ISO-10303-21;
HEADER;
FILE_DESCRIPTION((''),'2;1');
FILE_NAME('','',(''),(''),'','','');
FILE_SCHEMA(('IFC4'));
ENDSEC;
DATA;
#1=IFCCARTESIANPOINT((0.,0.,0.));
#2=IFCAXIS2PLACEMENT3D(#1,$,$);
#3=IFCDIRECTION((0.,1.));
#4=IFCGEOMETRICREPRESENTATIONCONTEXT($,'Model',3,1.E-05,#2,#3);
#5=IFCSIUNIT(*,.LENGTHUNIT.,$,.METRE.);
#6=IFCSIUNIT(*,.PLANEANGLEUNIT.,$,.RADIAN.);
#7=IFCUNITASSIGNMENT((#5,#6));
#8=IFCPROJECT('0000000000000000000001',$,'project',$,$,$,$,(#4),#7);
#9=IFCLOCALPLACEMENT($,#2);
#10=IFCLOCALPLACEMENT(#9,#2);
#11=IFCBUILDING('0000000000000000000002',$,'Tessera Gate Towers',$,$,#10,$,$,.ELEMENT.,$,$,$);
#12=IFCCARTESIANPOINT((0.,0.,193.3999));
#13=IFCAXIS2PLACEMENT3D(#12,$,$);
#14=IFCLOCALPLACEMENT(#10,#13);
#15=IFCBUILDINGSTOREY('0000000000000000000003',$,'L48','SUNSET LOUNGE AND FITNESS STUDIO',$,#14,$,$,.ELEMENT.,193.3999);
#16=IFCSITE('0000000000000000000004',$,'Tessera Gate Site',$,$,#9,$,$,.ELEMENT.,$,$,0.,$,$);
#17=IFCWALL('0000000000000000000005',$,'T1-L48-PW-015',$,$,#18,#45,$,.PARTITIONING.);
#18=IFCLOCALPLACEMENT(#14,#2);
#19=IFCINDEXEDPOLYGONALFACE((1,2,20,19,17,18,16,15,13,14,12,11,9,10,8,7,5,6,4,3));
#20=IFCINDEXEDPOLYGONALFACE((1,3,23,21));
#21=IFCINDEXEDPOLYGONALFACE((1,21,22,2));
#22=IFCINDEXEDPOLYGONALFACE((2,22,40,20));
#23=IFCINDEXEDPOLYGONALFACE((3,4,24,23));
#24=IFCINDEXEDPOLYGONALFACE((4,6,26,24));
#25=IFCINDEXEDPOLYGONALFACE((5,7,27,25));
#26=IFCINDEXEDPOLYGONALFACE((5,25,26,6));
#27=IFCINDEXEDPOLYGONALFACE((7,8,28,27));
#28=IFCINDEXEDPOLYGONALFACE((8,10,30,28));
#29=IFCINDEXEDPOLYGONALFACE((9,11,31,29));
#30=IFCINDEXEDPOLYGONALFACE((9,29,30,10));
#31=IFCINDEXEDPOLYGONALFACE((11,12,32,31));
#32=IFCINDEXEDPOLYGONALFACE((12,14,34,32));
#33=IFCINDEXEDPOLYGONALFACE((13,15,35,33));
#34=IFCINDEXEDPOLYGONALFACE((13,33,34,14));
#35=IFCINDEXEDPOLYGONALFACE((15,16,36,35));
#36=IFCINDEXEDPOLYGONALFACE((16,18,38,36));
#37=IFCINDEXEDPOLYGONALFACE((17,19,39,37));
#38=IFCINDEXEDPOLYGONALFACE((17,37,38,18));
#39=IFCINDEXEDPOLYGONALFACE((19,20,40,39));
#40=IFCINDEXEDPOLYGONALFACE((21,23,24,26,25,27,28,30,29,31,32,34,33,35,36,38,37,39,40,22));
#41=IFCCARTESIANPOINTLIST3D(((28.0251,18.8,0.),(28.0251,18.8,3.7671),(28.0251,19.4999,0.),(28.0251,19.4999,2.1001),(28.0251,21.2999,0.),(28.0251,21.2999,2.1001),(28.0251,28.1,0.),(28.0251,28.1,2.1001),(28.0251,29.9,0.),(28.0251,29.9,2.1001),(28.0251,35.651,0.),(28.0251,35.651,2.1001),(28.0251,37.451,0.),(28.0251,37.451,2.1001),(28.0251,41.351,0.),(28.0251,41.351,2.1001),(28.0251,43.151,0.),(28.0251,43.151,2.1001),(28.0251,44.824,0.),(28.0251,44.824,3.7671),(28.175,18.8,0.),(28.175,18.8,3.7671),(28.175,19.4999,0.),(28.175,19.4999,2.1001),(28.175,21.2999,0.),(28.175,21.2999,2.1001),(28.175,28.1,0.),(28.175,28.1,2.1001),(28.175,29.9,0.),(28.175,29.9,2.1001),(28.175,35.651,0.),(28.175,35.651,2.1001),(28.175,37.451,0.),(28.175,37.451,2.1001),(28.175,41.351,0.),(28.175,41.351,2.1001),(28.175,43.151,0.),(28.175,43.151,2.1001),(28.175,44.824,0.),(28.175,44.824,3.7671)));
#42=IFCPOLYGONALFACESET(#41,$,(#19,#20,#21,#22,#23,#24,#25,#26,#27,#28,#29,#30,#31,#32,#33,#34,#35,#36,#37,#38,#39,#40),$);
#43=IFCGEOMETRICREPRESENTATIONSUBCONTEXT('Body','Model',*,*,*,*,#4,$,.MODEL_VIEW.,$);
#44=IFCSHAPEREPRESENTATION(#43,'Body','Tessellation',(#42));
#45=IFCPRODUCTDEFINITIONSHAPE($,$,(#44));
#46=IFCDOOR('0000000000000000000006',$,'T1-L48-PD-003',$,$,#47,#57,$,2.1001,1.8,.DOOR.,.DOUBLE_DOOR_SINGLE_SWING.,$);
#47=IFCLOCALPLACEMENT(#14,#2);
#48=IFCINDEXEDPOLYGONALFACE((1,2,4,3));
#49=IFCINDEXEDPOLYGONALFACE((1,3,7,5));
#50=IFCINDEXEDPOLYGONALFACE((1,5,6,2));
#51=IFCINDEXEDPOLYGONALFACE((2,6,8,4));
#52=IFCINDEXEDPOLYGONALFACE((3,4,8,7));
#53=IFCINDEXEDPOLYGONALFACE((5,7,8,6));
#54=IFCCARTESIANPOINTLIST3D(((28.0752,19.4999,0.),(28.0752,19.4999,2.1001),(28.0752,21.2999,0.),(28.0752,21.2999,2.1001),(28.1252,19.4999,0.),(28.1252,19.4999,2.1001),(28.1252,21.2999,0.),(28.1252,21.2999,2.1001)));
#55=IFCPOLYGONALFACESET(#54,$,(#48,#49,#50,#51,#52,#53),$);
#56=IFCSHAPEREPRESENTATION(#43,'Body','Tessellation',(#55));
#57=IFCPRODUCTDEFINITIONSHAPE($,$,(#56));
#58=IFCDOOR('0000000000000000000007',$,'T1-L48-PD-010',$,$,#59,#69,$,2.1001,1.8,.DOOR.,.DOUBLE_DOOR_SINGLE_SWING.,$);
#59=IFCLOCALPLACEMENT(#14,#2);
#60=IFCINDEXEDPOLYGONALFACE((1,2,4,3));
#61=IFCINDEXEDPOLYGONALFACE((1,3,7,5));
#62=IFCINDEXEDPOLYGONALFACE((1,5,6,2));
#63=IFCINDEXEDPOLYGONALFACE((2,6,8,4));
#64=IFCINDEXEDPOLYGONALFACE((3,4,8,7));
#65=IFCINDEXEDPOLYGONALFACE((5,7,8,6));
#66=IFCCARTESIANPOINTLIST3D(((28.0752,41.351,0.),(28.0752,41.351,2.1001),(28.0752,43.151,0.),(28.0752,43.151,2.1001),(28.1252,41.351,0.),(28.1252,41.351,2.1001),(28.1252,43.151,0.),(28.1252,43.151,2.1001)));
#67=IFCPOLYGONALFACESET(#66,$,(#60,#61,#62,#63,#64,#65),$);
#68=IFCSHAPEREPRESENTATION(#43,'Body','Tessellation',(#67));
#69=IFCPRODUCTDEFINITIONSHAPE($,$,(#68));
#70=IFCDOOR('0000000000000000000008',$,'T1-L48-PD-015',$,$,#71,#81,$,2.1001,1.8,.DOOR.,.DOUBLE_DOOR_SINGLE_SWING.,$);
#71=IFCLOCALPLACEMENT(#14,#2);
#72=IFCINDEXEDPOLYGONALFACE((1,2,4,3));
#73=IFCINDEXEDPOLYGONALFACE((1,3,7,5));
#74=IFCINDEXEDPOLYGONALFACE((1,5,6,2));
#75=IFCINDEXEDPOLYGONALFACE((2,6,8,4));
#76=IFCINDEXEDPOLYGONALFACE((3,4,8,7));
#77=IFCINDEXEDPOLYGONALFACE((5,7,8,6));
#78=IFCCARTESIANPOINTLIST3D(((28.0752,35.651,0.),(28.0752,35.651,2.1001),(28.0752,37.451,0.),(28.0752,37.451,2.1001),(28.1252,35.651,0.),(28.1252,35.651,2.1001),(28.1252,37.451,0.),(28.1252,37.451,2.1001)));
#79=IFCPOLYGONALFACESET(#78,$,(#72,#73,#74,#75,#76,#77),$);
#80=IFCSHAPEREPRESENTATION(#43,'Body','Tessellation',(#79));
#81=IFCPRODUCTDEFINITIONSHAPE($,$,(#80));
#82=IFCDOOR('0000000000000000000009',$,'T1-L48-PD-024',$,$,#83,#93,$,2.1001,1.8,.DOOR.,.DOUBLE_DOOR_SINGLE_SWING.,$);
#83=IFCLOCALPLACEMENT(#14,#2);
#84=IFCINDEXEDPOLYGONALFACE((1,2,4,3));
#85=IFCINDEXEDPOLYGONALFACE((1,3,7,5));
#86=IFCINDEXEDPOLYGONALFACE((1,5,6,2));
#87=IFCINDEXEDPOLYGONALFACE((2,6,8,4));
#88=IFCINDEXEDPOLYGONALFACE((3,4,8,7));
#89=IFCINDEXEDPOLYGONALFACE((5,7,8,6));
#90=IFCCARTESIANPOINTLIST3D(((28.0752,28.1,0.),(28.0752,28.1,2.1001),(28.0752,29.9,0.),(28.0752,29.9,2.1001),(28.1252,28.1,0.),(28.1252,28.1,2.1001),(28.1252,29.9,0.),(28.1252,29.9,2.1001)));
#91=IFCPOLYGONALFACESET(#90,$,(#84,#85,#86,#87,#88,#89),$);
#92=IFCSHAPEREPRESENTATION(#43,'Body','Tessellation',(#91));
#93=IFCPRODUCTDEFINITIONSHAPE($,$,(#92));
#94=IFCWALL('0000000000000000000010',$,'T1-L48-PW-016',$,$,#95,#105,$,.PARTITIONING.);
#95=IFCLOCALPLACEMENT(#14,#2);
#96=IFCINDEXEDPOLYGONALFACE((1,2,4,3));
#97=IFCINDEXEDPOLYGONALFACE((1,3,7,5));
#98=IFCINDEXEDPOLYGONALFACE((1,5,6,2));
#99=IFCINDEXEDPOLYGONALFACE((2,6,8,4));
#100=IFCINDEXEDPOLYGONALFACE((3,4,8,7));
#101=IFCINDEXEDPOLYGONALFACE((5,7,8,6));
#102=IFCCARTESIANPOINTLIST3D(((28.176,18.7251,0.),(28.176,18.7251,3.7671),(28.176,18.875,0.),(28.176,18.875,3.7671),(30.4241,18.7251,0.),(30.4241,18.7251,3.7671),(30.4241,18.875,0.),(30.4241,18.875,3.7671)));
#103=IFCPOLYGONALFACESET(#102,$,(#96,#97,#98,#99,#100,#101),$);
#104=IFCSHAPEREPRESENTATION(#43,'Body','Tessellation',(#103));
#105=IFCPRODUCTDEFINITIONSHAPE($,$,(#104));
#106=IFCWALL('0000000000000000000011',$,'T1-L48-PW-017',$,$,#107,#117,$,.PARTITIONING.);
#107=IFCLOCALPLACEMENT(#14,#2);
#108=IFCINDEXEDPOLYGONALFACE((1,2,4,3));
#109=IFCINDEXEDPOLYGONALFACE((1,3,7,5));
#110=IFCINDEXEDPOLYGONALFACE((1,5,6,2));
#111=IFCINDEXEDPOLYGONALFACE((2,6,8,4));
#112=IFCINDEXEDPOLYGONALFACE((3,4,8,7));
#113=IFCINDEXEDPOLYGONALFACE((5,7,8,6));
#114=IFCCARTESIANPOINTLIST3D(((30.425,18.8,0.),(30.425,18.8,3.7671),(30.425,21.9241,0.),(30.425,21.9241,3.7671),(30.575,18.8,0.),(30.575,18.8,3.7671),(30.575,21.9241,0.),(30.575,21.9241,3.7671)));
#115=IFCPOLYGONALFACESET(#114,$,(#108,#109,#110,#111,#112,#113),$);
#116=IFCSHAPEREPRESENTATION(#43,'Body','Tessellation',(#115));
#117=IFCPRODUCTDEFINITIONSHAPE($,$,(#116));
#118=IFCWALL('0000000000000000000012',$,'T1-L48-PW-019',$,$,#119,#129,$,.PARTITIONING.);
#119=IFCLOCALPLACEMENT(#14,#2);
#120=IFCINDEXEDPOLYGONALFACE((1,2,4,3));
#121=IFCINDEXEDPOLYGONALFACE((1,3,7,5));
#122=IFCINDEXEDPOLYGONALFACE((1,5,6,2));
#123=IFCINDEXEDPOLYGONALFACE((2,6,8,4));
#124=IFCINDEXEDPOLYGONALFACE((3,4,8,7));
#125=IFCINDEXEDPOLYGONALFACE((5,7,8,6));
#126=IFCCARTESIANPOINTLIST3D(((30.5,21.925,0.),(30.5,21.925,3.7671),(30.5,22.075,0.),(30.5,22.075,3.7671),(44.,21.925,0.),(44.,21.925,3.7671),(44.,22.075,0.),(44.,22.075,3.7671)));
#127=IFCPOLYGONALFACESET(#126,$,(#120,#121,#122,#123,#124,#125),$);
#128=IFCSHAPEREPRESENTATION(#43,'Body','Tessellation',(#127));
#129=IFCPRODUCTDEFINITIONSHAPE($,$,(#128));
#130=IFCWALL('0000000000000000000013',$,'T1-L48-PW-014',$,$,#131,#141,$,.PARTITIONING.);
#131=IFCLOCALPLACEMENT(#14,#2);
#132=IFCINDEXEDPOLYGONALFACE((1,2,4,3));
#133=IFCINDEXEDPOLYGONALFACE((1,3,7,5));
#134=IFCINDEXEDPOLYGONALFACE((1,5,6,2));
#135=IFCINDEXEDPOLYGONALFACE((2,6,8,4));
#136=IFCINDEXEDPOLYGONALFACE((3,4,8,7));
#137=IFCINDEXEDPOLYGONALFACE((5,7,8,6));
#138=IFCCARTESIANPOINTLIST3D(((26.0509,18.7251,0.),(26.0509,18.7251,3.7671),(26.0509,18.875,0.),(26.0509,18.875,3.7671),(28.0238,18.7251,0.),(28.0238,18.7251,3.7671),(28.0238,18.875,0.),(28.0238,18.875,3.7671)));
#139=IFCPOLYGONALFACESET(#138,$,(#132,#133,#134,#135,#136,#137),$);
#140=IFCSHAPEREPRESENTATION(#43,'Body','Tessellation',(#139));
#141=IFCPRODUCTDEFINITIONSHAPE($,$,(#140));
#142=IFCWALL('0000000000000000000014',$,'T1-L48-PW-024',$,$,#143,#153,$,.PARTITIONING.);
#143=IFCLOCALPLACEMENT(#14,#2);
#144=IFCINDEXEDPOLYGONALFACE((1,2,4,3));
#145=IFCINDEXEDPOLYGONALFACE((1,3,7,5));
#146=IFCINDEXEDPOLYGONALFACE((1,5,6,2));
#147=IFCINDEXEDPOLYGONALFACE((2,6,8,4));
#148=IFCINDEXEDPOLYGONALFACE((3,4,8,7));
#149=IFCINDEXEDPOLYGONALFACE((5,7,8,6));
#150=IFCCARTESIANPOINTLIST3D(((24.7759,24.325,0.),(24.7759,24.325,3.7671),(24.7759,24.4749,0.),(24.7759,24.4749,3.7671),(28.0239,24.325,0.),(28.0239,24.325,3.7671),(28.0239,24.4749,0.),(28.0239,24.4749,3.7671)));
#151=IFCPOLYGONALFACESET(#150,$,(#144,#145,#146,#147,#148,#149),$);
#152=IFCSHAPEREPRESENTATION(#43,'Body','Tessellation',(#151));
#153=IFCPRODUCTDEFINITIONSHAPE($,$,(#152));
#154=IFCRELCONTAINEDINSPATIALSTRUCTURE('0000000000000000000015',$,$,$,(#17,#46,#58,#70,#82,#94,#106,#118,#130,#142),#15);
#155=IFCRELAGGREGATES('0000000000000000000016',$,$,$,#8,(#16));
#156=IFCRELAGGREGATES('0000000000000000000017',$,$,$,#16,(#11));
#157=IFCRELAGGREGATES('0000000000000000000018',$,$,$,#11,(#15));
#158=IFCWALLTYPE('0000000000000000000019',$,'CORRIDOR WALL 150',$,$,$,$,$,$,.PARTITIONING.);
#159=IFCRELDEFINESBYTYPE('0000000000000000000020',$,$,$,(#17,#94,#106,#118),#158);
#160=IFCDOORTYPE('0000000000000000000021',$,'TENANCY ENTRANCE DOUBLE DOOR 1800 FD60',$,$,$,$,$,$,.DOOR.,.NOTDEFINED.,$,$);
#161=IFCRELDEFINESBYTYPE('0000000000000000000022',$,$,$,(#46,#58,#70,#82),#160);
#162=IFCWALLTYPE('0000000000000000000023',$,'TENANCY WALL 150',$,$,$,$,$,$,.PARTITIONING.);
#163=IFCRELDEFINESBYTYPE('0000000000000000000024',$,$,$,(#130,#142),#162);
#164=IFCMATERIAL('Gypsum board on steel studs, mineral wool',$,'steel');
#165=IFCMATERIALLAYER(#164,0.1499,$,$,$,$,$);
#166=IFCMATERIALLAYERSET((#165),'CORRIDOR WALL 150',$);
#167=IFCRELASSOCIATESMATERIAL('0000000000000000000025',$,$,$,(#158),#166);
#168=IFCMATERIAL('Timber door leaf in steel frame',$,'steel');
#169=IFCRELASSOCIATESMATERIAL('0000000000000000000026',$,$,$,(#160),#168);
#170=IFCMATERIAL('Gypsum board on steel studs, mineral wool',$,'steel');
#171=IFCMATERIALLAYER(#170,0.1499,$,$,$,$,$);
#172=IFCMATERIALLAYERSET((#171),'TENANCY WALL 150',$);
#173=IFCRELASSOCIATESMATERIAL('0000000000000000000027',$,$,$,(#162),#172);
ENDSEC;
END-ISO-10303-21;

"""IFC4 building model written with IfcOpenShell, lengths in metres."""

from ifc_helpers import new_model, si_unit, direction, frame, frame_2d, origin, place, context, subcontext, project, spatial, rectangle, extrude, source, transform, mapped, material, layer, layer_set, type_object, element, fill, save


model = new_model("IFC4")

# Units and contexts
model_context = context("Model", 3, precision=1e-05, world=origin(), true_north=direction((0.0, 1.0)))
body_context = subcontext(model_context, "Body", "Model", "MODEL_VIEW")
ifc_project = project(units=[si_unit("LENGTHUNIT", "METRE"), si_unit("PLANEANGLEUNIT", "RADIAN")], contexts=[model_context])

# Site, building, storey
site_placement = place(None, origin())
site = spatial("IfcSite", under=ifc_project, at=site_placement, Name="Tessera Gate Site", CompositionType="ELEMENT", RefElevation=0.0)
building_placement = place(site_placement, origin())
building = spatial("IfcBuilding", under=site, at=building_placement, Name="Tessera Gate Towers", CompositionType="ELEMENT")
storey_placement = place(building_placement, frame((0.0, 0.0, 193.3999)))
storey = spatial("IfcBuildingStorey", under=building, at=storey_placement, Name="L48", Description="SUNSET LOUNGE AND FITNESS STUDIO", CompositionType="ELEMENT", Elevation=193.3999)

# Wall, openings, doors
ifc_material_1 = material(Name="Gypsum board on steel studs, mineral wool", Category="steel")
ifc_layer_1 = layer(ifc_material_1, 0.1499)
ifc_layer_set_1 = layer_set([ifc_layer_1], Name="CORRIDOR WALL 150")
wall_type_1 = type_object("IfcWallType", Name="CORRIDOR WALL 150", PredefinedType="PARTITIONING", material=ifc_layer_set_1)
wall_1_placement = place(storey_placement, frame((28.1001, 18.8, 0.0), z_axis=(0.0, 0.0, 1.0), x_axis=(0.0, 1.0, 0.0)))
wall_1 = element("IfcWall", 1, at=wall_1_placement, inside=storey, type_object=wall_type_1, Name="T1-L48-PW-015", PredefinedType="PARTITIONING", context=body_context, shape_type="SweptSolid", body=[
    extrude(rectangle(XDim=26.0239, YDim=0.1499, at=frame_2d((13.012, 0.0))), origin(), (0.0, 0.0, 1.0), 3.7671),
])
shared_shape_1 = source(origin(), body_context, "Body", "SweptSolid", [
    extrude(rectangle(XDim=1.8, YDim=2.1001, at=frame_2d((0.8999, 1.05))), frame((0.0, 0.085, 0.0), z_axis=(0.0, -1.0, 0.0), x_axis=(1.0, 0.0, 0.0)), (0.0, 0.0, 1.0), 0.1699),
])
opening_1_placement = place(wall_1_placement, frame((0.7, 0.0, 0.0)))
opening_1 = element("IfcOpeningElement", 2, at=opening_1_placement, cuts=wall_1, PredefinedType="OPENING", context=body_context, shape_type="MappedRepresentation", body=[
    mapped(shared_shape_1, transform((0.0, 0.0, 0.0), scale=1.0)),
])
opening_2_placement = place(wall_1_placement, frame((22.551, 0.0, 0.0)))
opening_2 = element("IfcOpeningElement", 3, at=opening_2_placement, cuts=wall_1, PredefinedType="OPENING", context=body_context, shape_type="MappedRepresentation", body=[
    mapped(shared_shape_1, transform((0.0, 0.0, 0.0), scale=1.0)),
])
opening_3_placement = place(wall_1_placement, frame((16.8511, 0.0, 0.0)))
opening_3 = element("IfcOpeningElement", 4, at=opening_3_placement, cuts=wall_1, PredefinedType="OPENING", context=body_context, shape_type="MappedRepresentation", body=[
    mapped(shared_shape_1, transform((0.0, 0.0, 0.0), scale=1.0)),
])
opening_4_placement = place(wall_1_placement, frame((9.3, 0.0, 0.0)))
opening_4 = element("IfcOpeningElement", 5, at=opening_4_placement, cuts=wall_1, PredefinedType="OPENING", context=body_context, shape_type="MappedRepresentation", body=[
    mapped(shared_shape_1, transform((0.0, 0.0, 0.0), scale=1.0)),
])
ifc_material_2 = material(Name="Timber door leaf in steel frame", Category="steel")
door_type_1 = type_object("IfcDoorType", Name="TENANCY ENTRANCE DOUBLE DOOR 1800 FD60", OperationType="NOTDEFINED", PredefinedType="DOOR", material=ifc_material_2)
shared_shape_2 = source(origin(), body_context, "Body", "SweptSolid", [
    extrude(rectangle(XDim=1.8, YDim=2.1001, at=frame_2d((0.8999, 1.05))), frame((0.0, 0.0249, 0.0), z_axis=(0.0, -1.0, 0.0), x_axis=(1.0, 0.0, 0.0)), (0.0, 0.0, 1.0), 0.05),
])
door_1_placement = place(opening_1_placement, origin())
door_1 = element("IfcDoor", 6, at=door_1_placement, inside=storey, type_object=door_type_1, Name="T1-L48-PD-003", OperationType="DOUBLE_DOOR_SINGLE_SWING", OverallHeight=2.1001, OverallWidth=1.8, PredefinedType="DOOR", context=body_context, shape_type="MappedRepresentation", body=[
    mapped(shared_shape_2, transform((0.0, 0.0, 0.0), scale=1.0)),
])
fill(opening_1, door_1)
door_2_placement = place(opening_2_placement, origin())
door_2 = element("IfcDoor", 7, at=door_2_placement, inside=storey, type_object=door_type_1, Name="T1-L48-PD-010", OperationType="DOUBLE_DOOR_SINGLE_SWING", OverallHeight=2.1001, OverallWidth=1.8, PredefinedType="DOOR", context=body_context, shape_type="MappedRepresentation", body=[
    mapped(shared_shape_2, transform((0.0, 0.0, 0.0), scale=1.0)),
])
fill(opening_2, door_2)
door_3_placement = place(opening_3_placement, origin())
door_3 = element("IfcDoor", 8, at=door_3_placement, inside=storey, type_object=door_type_1, Name="T1-L48-PD-015", OperationType="DOUBLE_DOOR_SINGLE_SWING", OverallHeight=2.1001, OverallWidth=1.8, PredefinedType="DOOR", context=body_context, shape_type="MappedRepresentation", body=[
    mapped(shared_shape_2, transform((0.0, 0.0, 0.0), scale=1.0)),
])
fill(opening_3, door_3)
door_4_placement = place(opening_4_placement, origin())
door_4 = element("IfcDoor", 9, at=door_4_placement, inside=storey, type_object=door_type_1, Name="T1-L48-PD-024", OperationType="DOUBLE_DOOR_SINGLE_SWING", OverallHeight=2.1001, OverallWidth=1.8, PredefinedType="DOOR", context=body_context, shape_type="MappedRepresentation", body=[
    mapped(shared_shape_2, transform((0.0, 0.0, 0.0), scale=1.0)),
])
fill(opening_4, door_4)

# Walls
wall_2_placement = place(storey_placement, frame((28.176, 18.8, 0.0), z_axis=(0.0, 0.0, 1.0), x_axis=(1.0, 0.0, 0.0)))
element("IfcWall", 10, at=wall_2_placement, inside=storey, type_object=wall_type_1, Name="T1-L48-PW-016", PredefinedType="PARTITIONING", context=body_context, shape_type="SweptSolid", body=[
    extrude(rectangle(XDim=2.248, YDim=0.1499, at=frame_2d((1.124, 0.0))), origin(), (0.0, 0.0, 1.0), 3.7671),
])
wall_3_placement = place(storey_placement, frame((30.5, 18.8, 0.0), z_axis=(0.0, 0.0, 1.0), x_axis=(0.0, 1.0, 0.0)))
element("IfcWall", 11, at=wall_3_placement, inside=storey, type_object=wall_type_1, Name="T1-L48-PW-017", PredefinedType="PARTITIONING", context=body_context, shape_type="SweptSolid", body=[
    extrude(rectangle(XDim=3.124, YDim=0.1499, at=frame_2d((1.562, 0.0))), origin(), (0.0, 0.0, 1.0), 3.7671),
])
wall_4_placement = place(storey_placement, frame((30.5, 22.0, 0.0), z_axis=(0.0, 0.0, 1.0), x_axis=(1.0, 0.0, 0.0)))
element("IfcWall", 12, at=wall_4_placement, inside=storey, type_object=wall_type_1, Name="T1-L48-PW-019", PredefinedType="PARTITIONING", context=body_context, shape_type="SweptSolid", body=[
    extrude(rectangle(XDim=13.5, YDim=0.1499, at=frame_2d((6.75, 0.0))), origin(), (0.0, 0.0, 1.0), 3.7671),
])
ifc_material_3 = material(Name="Gypsum board on steel studs, mineral wool", Category="steel")
ifc_layer_2 = layer(ifc_material_3, 0.1499)
ifc_layer_set_2 = layer_set([ifc_layer_2], Name="TENANCY WALL 150")
wall_type_2 = type_object("IfcWallType", Name="TENANCY WALL 150", PredefinedType="PARTITIONING", material=ifc_layer_set_2)
wall_5_placement = place(storey_placement, frame((26.051, 18.8, 0.0), z_axis=(0.0, 0.0, 1.0), x_axis=(1.0, 0.0, 0.0)))
element("IfcWall", 13, at=wall_5_placement, inside=storey, type_object=wall_type_2, Name="T1-L48-PW-014", PredefinedType="PARTITIONING", context=body_context, shape_type="SweptSolid", body=[
    extrude(rectangle(XDim=1.9729, YDim=0.1499, at=frame_2d((0.9863, 0.0))), origin(), (0.0, 0.0, 1.0), 3.7671),
])
wall_6_placement = place(storey_placement, frame((24.7759, 24.3999, 0.0), z_axis=(0.0, 0.0, 1.0), x_axis=(1.0, 0.0, 0.0)))
element("IfcWall", 14, at=wall_6_placement, inside=storey, type_object=wall_type_2, Name="T1-L48-PW-024", PredefinedType="PARTITIONING", context=body_context, shape_type="SweptSolid", body=[
    extrude(rectangle(XDim=3.248, YDim=0.1499, at=frame_2d((1.624, 0.0))), origin(), (0.0, 0.0, 1.0), 3.7671),
])

save(model, "model.ifc")
